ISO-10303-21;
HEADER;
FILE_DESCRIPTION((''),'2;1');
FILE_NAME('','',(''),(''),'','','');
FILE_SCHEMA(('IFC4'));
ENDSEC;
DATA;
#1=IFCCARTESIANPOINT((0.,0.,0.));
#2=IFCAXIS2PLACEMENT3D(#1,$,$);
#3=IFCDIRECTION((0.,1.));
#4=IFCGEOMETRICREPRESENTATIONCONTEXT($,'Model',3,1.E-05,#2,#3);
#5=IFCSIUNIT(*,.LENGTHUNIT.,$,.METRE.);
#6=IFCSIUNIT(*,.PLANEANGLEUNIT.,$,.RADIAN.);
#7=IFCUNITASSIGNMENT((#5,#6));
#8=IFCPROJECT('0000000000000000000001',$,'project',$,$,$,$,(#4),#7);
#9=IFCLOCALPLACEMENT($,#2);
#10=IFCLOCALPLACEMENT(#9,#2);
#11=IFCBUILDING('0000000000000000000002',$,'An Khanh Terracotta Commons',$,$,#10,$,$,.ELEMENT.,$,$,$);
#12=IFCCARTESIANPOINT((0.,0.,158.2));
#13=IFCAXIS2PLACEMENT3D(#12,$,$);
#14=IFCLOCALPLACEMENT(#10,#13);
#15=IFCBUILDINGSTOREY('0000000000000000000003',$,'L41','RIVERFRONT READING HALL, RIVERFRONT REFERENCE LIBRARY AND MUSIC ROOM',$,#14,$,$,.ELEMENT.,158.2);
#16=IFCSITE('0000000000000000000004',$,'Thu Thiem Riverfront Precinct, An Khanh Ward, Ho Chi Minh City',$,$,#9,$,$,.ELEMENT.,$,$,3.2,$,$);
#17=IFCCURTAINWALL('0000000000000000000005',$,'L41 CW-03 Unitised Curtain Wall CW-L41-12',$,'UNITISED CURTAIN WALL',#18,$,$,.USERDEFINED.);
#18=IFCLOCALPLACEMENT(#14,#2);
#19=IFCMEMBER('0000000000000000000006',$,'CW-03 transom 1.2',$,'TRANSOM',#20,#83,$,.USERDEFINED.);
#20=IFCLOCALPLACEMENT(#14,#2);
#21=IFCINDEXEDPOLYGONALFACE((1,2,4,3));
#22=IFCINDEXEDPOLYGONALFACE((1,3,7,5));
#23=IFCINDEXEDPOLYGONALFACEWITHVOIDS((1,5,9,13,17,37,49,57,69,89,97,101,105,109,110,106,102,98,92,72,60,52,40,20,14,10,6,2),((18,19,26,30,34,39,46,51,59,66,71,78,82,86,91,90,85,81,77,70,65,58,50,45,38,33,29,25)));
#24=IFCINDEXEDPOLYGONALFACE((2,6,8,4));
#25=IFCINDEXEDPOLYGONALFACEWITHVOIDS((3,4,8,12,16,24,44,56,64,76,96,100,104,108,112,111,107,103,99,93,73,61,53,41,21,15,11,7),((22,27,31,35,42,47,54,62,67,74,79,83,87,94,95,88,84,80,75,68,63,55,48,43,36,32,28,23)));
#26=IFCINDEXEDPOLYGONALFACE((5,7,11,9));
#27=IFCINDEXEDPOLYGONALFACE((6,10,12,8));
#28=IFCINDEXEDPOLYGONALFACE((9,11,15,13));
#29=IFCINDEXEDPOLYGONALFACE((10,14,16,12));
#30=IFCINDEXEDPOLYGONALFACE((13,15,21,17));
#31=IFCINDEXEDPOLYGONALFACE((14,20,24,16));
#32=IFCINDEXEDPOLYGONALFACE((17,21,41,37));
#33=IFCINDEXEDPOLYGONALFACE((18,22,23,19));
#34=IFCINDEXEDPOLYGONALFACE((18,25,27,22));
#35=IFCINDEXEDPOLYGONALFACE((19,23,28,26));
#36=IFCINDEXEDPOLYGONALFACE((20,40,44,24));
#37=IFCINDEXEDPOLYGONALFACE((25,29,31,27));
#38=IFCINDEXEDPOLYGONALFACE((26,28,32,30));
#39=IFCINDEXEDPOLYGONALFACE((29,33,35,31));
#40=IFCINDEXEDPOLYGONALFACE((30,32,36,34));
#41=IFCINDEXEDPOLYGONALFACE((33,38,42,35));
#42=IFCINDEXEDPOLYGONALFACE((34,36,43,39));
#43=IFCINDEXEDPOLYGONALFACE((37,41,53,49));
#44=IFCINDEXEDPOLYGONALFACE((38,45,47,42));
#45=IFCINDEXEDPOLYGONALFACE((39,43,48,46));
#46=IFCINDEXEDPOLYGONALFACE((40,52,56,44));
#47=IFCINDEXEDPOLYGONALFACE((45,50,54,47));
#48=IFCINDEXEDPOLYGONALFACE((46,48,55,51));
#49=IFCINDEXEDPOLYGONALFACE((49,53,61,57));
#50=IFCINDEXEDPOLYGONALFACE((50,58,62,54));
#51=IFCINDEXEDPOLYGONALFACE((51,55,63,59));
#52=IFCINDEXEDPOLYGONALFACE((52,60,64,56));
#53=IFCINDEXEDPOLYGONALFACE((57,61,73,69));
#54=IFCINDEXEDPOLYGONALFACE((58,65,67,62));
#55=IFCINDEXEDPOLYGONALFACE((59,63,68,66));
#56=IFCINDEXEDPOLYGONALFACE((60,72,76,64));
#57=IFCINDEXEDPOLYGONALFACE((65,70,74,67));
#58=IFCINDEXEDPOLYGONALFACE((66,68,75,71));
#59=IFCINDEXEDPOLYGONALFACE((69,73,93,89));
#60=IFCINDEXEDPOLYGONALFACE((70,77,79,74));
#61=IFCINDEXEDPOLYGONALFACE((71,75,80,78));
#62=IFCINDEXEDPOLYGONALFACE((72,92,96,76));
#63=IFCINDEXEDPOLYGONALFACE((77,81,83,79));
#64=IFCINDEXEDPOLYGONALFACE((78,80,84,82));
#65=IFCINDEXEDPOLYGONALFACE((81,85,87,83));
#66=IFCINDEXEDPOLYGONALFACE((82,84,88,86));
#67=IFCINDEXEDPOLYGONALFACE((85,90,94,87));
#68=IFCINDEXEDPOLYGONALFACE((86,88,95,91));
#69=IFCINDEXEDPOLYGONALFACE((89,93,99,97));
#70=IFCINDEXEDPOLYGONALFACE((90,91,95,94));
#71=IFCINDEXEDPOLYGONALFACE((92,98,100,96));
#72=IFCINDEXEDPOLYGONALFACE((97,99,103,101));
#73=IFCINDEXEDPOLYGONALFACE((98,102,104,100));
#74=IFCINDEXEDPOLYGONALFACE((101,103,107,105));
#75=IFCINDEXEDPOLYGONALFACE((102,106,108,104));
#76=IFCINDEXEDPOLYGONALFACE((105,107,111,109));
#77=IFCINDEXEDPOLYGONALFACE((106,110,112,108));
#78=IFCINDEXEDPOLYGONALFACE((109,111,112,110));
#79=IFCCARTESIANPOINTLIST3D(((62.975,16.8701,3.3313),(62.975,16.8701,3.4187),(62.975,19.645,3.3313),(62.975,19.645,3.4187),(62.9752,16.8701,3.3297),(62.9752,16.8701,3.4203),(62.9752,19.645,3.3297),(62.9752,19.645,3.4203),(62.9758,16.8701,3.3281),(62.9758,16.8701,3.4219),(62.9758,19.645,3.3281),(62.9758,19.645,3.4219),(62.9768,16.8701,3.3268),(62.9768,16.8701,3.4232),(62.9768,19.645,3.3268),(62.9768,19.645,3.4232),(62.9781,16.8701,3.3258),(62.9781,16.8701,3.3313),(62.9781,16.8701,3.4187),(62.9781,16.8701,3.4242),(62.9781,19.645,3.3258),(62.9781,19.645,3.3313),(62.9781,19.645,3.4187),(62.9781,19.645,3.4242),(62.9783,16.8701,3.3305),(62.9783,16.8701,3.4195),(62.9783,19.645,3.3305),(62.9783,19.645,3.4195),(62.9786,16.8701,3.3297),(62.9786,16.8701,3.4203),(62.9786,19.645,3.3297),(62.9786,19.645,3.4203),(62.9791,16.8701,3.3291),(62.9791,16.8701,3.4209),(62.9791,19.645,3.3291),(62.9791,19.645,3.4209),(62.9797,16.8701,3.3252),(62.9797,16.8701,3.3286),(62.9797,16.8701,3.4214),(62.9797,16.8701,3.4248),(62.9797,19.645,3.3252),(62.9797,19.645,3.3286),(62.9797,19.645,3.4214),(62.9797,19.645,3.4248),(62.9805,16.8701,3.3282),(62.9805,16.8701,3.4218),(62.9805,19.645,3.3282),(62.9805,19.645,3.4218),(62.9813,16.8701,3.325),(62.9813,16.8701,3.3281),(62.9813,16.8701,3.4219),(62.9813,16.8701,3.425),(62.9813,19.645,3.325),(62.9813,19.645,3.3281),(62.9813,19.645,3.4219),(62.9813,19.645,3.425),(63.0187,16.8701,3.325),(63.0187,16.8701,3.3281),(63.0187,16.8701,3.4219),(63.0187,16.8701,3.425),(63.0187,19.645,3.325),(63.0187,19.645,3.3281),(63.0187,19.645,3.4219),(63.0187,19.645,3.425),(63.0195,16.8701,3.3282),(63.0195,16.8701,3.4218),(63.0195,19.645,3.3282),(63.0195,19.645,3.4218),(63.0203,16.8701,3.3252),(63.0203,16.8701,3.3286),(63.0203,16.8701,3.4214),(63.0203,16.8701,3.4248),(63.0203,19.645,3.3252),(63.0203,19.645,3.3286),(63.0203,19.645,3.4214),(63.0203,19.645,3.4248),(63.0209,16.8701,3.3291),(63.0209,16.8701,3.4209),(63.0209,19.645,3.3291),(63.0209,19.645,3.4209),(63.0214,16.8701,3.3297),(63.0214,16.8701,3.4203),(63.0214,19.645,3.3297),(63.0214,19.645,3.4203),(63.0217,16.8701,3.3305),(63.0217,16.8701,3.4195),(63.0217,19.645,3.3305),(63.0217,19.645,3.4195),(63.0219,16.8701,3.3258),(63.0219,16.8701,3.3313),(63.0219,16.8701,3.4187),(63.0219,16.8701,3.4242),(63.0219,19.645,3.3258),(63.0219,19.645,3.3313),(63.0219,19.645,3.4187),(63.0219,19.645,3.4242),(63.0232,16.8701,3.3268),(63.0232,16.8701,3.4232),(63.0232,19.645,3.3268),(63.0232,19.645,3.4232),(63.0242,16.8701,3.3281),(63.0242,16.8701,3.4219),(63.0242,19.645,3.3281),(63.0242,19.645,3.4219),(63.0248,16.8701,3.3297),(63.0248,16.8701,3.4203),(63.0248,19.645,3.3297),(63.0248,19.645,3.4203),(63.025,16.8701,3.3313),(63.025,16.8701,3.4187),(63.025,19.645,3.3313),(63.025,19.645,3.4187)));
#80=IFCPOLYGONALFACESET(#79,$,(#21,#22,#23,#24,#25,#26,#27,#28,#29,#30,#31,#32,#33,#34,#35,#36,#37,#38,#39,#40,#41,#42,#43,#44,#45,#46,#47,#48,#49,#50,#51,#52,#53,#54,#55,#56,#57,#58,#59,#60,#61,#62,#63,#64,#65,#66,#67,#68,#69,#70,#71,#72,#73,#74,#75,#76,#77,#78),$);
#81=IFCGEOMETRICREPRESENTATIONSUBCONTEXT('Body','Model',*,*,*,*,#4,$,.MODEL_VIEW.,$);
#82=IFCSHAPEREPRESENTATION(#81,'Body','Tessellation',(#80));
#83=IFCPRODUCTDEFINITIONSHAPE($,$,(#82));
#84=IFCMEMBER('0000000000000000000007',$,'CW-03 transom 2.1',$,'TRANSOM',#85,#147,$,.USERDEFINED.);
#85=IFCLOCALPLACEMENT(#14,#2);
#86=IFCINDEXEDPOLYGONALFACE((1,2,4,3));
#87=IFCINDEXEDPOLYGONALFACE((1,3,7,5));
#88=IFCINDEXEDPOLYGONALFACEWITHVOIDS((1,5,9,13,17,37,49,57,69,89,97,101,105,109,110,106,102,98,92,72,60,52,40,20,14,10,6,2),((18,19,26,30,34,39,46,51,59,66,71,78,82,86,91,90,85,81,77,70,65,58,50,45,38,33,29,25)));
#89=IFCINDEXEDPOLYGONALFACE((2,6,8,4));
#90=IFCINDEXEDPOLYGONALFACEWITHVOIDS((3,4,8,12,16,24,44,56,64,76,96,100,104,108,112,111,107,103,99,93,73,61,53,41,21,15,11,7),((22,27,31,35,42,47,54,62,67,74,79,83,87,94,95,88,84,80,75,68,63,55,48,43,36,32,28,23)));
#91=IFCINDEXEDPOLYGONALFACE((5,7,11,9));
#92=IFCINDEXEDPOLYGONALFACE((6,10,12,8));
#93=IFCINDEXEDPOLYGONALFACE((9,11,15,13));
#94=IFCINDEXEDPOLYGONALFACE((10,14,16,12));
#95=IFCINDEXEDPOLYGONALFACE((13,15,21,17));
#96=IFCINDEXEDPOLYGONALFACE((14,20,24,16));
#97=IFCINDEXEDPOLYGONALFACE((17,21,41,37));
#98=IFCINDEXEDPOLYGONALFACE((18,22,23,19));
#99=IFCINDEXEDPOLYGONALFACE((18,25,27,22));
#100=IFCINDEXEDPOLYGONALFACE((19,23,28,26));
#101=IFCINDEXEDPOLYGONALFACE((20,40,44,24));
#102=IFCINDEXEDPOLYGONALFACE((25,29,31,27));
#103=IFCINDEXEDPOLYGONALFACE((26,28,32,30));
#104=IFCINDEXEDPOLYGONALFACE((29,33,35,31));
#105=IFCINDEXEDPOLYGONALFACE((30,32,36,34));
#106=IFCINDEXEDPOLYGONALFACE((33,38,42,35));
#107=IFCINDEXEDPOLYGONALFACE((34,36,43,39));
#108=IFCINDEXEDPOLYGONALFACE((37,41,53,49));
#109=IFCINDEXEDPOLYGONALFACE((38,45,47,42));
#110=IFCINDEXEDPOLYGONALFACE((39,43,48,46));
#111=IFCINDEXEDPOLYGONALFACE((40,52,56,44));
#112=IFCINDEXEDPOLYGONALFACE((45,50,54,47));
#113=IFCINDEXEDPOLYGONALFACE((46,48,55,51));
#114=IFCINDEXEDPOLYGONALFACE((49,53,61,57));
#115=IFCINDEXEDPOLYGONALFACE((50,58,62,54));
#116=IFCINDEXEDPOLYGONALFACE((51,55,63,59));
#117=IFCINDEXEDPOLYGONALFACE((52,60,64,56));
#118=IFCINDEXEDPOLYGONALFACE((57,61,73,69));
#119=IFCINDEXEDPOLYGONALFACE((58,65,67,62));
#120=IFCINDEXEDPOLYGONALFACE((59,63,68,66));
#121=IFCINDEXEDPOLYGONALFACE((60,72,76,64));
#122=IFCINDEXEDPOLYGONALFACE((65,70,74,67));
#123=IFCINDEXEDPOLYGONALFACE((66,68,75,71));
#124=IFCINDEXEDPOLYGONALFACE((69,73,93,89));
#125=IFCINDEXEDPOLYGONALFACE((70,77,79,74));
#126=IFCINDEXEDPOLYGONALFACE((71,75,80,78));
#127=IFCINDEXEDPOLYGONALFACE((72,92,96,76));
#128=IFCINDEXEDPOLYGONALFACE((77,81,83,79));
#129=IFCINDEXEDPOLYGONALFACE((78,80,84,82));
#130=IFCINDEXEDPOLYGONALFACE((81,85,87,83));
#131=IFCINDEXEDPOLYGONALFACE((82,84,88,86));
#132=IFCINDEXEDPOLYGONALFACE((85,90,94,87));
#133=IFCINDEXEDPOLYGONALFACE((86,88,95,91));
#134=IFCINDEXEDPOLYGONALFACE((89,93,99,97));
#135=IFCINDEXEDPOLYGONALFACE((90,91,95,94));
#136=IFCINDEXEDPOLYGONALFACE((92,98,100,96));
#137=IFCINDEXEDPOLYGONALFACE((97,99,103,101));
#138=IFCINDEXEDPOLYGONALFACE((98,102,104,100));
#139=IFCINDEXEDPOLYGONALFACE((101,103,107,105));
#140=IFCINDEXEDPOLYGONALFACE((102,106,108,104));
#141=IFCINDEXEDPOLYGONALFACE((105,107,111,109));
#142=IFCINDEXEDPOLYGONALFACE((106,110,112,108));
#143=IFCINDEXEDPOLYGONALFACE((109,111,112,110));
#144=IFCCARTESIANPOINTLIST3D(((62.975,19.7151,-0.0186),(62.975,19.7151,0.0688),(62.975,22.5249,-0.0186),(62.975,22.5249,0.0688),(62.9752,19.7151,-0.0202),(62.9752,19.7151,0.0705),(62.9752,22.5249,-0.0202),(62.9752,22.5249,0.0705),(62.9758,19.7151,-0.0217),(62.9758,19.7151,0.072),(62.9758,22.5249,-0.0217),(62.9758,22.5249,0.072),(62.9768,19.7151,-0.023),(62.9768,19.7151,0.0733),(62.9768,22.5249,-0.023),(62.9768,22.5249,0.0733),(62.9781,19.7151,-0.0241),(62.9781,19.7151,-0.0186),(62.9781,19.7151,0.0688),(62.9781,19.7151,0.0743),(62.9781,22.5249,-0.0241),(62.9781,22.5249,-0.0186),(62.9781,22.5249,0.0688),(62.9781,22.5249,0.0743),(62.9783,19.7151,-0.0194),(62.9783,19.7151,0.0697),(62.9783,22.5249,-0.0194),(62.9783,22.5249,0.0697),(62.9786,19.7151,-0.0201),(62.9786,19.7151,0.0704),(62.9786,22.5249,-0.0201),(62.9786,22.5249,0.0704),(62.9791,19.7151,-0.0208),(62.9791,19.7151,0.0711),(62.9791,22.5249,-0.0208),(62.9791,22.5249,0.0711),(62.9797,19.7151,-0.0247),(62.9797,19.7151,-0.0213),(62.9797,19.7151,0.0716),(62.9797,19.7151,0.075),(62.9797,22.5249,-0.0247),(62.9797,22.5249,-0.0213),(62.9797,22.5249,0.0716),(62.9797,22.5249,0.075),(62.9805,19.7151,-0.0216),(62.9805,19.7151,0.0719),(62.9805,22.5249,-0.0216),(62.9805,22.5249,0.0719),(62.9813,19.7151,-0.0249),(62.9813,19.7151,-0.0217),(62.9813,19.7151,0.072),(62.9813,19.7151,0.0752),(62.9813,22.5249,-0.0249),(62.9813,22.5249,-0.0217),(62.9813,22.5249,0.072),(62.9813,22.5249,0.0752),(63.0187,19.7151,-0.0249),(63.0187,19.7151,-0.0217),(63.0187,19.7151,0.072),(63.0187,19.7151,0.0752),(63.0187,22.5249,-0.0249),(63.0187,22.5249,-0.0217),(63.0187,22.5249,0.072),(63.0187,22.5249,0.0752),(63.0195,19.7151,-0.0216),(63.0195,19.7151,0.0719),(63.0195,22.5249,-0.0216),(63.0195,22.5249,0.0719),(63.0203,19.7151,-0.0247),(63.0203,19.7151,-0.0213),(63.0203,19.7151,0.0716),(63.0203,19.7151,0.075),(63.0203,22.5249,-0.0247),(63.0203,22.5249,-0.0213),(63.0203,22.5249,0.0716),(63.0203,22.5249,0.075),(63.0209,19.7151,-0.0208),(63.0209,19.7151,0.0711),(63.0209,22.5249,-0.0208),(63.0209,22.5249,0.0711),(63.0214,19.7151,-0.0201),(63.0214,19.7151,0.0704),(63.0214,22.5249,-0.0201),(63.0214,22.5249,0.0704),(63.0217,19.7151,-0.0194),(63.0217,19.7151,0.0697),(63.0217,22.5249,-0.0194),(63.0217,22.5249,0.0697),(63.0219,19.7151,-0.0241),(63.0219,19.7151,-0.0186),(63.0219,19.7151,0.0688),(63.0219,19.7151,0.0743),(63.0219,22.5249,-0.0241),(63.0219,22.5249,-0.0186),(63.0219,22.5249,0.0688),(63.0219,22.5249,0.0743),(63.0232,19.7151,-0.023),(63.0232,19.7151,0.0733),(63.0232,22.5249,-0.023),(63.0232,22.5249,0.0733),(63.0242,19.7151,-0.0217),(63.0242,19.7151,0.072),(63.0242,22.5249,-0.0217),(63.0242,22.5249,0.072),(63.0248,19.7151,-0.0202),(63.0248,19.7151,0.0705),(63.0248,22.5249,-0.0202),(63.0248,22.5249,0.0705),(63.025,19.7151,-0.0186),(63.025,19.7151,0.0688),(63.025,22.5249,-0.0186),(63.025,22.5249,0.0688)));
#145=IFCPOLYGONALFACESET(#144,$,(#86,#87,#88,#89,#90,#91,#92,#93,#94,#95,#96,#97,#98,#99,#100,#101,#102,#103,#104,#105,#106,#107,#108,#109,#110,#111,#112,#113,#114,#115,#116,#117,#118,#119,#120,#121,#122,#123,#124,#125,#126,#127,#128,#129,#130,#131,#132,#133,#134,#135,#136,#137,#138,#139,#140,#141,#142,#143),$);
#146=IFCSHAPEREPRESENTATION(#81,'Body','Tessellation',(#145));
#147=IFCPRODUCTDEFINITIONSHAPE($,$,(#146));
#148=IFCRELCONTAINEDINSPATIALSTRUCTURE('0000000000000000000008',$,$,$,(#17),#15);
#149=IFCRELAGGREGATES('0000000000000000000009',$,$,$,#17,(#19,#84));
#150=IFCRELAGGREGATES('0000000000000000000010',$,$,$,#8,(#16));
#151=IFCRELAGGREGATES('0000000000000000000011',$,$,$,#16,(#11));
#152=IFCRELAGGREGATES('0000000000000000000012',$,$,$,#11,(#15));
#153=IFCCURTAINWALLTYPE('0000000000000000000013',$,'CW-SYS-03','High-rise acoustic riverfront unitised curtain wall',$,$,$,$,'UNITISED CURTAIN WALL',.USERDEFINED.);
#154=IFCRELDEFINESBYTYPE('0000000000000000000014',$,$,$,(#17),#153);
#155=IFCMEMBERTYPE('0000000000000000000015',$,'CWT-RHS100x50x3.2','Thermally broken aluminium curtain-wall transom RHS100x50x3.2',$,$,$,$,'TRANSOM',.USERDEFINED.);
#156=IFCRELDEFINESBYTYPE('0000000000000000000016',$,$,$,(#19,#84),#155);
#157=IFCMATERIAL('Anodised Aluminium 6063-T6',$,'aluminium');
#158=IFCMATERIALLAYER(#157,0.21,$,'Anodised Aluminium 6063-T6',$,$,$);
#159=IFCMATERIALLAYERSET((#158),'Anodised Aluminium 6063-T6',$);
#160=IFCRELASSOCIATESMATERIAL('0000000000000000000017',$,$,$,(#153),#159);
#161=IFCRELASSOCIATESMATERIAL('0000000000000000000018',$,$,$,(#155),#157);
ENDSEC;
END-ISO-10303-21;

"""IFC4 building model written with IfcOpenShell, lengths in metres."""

from ifc_helpers import new_model, si_unit, direction, frame, origin, origin_2d, place, context, subcontext, project, spatial, hollow_rectangle, extrude, material, layer, layer_set, material_profile, profile_set, type_object, element, aggregate, save


model = new_model("IFC4")

# Units and contexts
model_context = context("Model", 3, precision=1e-05, world=origin(), true_north=direction((0.0, 1.0)))
body_context = subcontext(model_context, "Body", "Model", "MODEL_VIEW")
ifc_project = project(units=[si_unit("LENGTHUNIT", "METRE"), si_unit("PLANEANGLEUNIT", "RADIAN")], contexts=[model_context])

# Site, building, storey
site_placement = place(None, origin())
site = spatial("IfcSite", under=ifc_project, at=site_placement, Name="Thu Thiem Riverfront Precinct, An Khanh Ward, Ho Chi Minh City", CompositionType="ELEMENT", RefElevation=3.2)
building_placement = place(site_placement, origin())
building = spatial("IfcBuilding", under=site, at=building_placement, Name="An Khanh Terracotta Commons", CompositionType="ELEMENT")
storey_placement = place(building_placement, frame((0.0, 0.0, 158.2)))
storey = spatial("IfcBuildingStorey", under=building, at=storey_placement, Name="L41", Description="RIVERFRONT READING HALL, RIVERFRONT REFERENCE LIBRARY AND MUSIC ROOM", CompositionType="ELEMENT", Elevation=158.2)

# Curtain wall
ifc_material_1 = material(Name="Anodised Aluminium 6063-T6", Category="aluminium")
ifc_layer_1 = layer(ifc_material_1, 0.21, Name="Anodised Aluminium 6063-T6")
ifc_layer_set_1 = layer_set([ifc_layer_1], Name="Anodised Aluminium 6063-T6")
curtain_wall_type = type_object("IfcCurtainWallType", Name="CW-SYS-03", Description="High-rise acoustic riverfront unitised curtain wall", ElementType="UNITISED CURTAIN WALL", PredefinedType="USERDEFINED", material=ifc_layer_set_1)
curtain_wall_1_placement = place(storey_placement, origin())
curtain_wall_1 = element("IfcCurtainWall", 1, at=curtain_wall_1_placement, inside=storey, type_object=curtain_wall_type, Name="L41 CW-03 Unitised Curtain Wall CW-L41-12", ObjectType="UNITISED CURTAIN WALL", PredefinedType="USERDEFINED")

# Members
ifc_material_profile_1 = material_profile(ifc_material_1, hollow_rectangle(XDim=0.05, YDim=0.1001, WallThickness=0.0032, InnerFilletRadius=0.0032, OuterFilletRadius=0.0063, at=origin_2d()), Name="RHS100x50x3.2")
ifc_profile_set_1 = profile_set([ifc_material_profile_1], Name="Anodised Aluminium 6063-T6")
member_type_1 = type_object("IfcMemberType", Name="CWT-RHS100x50x3.2", Description="Thermally broken aluminium curtain-wall transom RHS100x50x3.2", ElementType="TRANSOM", PredefinedType="USERDEFINED", material=ifc_profile_set_1)
member_1_placement = place(storey_placement, frame((63.0, 16.8701, 3.375), z_axis=(0.0, 1.0, 0.0), x_axis=(-1.0, 0.0, 0.0)))
member_1 = element("IfcMember", 2, at=member_1_placement, type_object=member_type_1, Name="CW-03 transom 1.2", ObjectType="TRANSOM", PredefinedType="USERDEFINED", context=body_context, shape_type="SweptSolid", body=[
    extrude(hollow_rectangle(XDim=0.05, YDim=0.1001, WallThickness=0.0032, InnerFilletRadius=0.0032, OuterFilletRadius=0.0063, at=origin_2d()), origin(), (0.0, 0.0, 1.0), 2.7749),
])
member_2_placement = place(storey_placement, frame((63.0, 19.7151, 0.0251), z_axis=(0.0, 1.0, 0.0), x_axis=(-1.0, 0.0, 0.0)))
member_2 = element("IfcMember", 3, at=member_2_placement, type_object=member_type_1, Name="CW-03 transom 2.1", ObjectType="TRANSOM", PredefinedType="USERDEFINED", context=body_context, shape_type="SweptSolid", body=[
    extrude(hollow_rectangle(XDim=0.05, YDim=0.1001, WallThickness=0.0032, InnerFilletRadius=0.0032, OuterFilletRadius=0.0063, at=origin_2d()), origin(), (0.0, 0.0, 1.0), 2.8098),
])

aggregate(curtain_wall_1, [member_1, member_2])

save(model, "model.ifc")
